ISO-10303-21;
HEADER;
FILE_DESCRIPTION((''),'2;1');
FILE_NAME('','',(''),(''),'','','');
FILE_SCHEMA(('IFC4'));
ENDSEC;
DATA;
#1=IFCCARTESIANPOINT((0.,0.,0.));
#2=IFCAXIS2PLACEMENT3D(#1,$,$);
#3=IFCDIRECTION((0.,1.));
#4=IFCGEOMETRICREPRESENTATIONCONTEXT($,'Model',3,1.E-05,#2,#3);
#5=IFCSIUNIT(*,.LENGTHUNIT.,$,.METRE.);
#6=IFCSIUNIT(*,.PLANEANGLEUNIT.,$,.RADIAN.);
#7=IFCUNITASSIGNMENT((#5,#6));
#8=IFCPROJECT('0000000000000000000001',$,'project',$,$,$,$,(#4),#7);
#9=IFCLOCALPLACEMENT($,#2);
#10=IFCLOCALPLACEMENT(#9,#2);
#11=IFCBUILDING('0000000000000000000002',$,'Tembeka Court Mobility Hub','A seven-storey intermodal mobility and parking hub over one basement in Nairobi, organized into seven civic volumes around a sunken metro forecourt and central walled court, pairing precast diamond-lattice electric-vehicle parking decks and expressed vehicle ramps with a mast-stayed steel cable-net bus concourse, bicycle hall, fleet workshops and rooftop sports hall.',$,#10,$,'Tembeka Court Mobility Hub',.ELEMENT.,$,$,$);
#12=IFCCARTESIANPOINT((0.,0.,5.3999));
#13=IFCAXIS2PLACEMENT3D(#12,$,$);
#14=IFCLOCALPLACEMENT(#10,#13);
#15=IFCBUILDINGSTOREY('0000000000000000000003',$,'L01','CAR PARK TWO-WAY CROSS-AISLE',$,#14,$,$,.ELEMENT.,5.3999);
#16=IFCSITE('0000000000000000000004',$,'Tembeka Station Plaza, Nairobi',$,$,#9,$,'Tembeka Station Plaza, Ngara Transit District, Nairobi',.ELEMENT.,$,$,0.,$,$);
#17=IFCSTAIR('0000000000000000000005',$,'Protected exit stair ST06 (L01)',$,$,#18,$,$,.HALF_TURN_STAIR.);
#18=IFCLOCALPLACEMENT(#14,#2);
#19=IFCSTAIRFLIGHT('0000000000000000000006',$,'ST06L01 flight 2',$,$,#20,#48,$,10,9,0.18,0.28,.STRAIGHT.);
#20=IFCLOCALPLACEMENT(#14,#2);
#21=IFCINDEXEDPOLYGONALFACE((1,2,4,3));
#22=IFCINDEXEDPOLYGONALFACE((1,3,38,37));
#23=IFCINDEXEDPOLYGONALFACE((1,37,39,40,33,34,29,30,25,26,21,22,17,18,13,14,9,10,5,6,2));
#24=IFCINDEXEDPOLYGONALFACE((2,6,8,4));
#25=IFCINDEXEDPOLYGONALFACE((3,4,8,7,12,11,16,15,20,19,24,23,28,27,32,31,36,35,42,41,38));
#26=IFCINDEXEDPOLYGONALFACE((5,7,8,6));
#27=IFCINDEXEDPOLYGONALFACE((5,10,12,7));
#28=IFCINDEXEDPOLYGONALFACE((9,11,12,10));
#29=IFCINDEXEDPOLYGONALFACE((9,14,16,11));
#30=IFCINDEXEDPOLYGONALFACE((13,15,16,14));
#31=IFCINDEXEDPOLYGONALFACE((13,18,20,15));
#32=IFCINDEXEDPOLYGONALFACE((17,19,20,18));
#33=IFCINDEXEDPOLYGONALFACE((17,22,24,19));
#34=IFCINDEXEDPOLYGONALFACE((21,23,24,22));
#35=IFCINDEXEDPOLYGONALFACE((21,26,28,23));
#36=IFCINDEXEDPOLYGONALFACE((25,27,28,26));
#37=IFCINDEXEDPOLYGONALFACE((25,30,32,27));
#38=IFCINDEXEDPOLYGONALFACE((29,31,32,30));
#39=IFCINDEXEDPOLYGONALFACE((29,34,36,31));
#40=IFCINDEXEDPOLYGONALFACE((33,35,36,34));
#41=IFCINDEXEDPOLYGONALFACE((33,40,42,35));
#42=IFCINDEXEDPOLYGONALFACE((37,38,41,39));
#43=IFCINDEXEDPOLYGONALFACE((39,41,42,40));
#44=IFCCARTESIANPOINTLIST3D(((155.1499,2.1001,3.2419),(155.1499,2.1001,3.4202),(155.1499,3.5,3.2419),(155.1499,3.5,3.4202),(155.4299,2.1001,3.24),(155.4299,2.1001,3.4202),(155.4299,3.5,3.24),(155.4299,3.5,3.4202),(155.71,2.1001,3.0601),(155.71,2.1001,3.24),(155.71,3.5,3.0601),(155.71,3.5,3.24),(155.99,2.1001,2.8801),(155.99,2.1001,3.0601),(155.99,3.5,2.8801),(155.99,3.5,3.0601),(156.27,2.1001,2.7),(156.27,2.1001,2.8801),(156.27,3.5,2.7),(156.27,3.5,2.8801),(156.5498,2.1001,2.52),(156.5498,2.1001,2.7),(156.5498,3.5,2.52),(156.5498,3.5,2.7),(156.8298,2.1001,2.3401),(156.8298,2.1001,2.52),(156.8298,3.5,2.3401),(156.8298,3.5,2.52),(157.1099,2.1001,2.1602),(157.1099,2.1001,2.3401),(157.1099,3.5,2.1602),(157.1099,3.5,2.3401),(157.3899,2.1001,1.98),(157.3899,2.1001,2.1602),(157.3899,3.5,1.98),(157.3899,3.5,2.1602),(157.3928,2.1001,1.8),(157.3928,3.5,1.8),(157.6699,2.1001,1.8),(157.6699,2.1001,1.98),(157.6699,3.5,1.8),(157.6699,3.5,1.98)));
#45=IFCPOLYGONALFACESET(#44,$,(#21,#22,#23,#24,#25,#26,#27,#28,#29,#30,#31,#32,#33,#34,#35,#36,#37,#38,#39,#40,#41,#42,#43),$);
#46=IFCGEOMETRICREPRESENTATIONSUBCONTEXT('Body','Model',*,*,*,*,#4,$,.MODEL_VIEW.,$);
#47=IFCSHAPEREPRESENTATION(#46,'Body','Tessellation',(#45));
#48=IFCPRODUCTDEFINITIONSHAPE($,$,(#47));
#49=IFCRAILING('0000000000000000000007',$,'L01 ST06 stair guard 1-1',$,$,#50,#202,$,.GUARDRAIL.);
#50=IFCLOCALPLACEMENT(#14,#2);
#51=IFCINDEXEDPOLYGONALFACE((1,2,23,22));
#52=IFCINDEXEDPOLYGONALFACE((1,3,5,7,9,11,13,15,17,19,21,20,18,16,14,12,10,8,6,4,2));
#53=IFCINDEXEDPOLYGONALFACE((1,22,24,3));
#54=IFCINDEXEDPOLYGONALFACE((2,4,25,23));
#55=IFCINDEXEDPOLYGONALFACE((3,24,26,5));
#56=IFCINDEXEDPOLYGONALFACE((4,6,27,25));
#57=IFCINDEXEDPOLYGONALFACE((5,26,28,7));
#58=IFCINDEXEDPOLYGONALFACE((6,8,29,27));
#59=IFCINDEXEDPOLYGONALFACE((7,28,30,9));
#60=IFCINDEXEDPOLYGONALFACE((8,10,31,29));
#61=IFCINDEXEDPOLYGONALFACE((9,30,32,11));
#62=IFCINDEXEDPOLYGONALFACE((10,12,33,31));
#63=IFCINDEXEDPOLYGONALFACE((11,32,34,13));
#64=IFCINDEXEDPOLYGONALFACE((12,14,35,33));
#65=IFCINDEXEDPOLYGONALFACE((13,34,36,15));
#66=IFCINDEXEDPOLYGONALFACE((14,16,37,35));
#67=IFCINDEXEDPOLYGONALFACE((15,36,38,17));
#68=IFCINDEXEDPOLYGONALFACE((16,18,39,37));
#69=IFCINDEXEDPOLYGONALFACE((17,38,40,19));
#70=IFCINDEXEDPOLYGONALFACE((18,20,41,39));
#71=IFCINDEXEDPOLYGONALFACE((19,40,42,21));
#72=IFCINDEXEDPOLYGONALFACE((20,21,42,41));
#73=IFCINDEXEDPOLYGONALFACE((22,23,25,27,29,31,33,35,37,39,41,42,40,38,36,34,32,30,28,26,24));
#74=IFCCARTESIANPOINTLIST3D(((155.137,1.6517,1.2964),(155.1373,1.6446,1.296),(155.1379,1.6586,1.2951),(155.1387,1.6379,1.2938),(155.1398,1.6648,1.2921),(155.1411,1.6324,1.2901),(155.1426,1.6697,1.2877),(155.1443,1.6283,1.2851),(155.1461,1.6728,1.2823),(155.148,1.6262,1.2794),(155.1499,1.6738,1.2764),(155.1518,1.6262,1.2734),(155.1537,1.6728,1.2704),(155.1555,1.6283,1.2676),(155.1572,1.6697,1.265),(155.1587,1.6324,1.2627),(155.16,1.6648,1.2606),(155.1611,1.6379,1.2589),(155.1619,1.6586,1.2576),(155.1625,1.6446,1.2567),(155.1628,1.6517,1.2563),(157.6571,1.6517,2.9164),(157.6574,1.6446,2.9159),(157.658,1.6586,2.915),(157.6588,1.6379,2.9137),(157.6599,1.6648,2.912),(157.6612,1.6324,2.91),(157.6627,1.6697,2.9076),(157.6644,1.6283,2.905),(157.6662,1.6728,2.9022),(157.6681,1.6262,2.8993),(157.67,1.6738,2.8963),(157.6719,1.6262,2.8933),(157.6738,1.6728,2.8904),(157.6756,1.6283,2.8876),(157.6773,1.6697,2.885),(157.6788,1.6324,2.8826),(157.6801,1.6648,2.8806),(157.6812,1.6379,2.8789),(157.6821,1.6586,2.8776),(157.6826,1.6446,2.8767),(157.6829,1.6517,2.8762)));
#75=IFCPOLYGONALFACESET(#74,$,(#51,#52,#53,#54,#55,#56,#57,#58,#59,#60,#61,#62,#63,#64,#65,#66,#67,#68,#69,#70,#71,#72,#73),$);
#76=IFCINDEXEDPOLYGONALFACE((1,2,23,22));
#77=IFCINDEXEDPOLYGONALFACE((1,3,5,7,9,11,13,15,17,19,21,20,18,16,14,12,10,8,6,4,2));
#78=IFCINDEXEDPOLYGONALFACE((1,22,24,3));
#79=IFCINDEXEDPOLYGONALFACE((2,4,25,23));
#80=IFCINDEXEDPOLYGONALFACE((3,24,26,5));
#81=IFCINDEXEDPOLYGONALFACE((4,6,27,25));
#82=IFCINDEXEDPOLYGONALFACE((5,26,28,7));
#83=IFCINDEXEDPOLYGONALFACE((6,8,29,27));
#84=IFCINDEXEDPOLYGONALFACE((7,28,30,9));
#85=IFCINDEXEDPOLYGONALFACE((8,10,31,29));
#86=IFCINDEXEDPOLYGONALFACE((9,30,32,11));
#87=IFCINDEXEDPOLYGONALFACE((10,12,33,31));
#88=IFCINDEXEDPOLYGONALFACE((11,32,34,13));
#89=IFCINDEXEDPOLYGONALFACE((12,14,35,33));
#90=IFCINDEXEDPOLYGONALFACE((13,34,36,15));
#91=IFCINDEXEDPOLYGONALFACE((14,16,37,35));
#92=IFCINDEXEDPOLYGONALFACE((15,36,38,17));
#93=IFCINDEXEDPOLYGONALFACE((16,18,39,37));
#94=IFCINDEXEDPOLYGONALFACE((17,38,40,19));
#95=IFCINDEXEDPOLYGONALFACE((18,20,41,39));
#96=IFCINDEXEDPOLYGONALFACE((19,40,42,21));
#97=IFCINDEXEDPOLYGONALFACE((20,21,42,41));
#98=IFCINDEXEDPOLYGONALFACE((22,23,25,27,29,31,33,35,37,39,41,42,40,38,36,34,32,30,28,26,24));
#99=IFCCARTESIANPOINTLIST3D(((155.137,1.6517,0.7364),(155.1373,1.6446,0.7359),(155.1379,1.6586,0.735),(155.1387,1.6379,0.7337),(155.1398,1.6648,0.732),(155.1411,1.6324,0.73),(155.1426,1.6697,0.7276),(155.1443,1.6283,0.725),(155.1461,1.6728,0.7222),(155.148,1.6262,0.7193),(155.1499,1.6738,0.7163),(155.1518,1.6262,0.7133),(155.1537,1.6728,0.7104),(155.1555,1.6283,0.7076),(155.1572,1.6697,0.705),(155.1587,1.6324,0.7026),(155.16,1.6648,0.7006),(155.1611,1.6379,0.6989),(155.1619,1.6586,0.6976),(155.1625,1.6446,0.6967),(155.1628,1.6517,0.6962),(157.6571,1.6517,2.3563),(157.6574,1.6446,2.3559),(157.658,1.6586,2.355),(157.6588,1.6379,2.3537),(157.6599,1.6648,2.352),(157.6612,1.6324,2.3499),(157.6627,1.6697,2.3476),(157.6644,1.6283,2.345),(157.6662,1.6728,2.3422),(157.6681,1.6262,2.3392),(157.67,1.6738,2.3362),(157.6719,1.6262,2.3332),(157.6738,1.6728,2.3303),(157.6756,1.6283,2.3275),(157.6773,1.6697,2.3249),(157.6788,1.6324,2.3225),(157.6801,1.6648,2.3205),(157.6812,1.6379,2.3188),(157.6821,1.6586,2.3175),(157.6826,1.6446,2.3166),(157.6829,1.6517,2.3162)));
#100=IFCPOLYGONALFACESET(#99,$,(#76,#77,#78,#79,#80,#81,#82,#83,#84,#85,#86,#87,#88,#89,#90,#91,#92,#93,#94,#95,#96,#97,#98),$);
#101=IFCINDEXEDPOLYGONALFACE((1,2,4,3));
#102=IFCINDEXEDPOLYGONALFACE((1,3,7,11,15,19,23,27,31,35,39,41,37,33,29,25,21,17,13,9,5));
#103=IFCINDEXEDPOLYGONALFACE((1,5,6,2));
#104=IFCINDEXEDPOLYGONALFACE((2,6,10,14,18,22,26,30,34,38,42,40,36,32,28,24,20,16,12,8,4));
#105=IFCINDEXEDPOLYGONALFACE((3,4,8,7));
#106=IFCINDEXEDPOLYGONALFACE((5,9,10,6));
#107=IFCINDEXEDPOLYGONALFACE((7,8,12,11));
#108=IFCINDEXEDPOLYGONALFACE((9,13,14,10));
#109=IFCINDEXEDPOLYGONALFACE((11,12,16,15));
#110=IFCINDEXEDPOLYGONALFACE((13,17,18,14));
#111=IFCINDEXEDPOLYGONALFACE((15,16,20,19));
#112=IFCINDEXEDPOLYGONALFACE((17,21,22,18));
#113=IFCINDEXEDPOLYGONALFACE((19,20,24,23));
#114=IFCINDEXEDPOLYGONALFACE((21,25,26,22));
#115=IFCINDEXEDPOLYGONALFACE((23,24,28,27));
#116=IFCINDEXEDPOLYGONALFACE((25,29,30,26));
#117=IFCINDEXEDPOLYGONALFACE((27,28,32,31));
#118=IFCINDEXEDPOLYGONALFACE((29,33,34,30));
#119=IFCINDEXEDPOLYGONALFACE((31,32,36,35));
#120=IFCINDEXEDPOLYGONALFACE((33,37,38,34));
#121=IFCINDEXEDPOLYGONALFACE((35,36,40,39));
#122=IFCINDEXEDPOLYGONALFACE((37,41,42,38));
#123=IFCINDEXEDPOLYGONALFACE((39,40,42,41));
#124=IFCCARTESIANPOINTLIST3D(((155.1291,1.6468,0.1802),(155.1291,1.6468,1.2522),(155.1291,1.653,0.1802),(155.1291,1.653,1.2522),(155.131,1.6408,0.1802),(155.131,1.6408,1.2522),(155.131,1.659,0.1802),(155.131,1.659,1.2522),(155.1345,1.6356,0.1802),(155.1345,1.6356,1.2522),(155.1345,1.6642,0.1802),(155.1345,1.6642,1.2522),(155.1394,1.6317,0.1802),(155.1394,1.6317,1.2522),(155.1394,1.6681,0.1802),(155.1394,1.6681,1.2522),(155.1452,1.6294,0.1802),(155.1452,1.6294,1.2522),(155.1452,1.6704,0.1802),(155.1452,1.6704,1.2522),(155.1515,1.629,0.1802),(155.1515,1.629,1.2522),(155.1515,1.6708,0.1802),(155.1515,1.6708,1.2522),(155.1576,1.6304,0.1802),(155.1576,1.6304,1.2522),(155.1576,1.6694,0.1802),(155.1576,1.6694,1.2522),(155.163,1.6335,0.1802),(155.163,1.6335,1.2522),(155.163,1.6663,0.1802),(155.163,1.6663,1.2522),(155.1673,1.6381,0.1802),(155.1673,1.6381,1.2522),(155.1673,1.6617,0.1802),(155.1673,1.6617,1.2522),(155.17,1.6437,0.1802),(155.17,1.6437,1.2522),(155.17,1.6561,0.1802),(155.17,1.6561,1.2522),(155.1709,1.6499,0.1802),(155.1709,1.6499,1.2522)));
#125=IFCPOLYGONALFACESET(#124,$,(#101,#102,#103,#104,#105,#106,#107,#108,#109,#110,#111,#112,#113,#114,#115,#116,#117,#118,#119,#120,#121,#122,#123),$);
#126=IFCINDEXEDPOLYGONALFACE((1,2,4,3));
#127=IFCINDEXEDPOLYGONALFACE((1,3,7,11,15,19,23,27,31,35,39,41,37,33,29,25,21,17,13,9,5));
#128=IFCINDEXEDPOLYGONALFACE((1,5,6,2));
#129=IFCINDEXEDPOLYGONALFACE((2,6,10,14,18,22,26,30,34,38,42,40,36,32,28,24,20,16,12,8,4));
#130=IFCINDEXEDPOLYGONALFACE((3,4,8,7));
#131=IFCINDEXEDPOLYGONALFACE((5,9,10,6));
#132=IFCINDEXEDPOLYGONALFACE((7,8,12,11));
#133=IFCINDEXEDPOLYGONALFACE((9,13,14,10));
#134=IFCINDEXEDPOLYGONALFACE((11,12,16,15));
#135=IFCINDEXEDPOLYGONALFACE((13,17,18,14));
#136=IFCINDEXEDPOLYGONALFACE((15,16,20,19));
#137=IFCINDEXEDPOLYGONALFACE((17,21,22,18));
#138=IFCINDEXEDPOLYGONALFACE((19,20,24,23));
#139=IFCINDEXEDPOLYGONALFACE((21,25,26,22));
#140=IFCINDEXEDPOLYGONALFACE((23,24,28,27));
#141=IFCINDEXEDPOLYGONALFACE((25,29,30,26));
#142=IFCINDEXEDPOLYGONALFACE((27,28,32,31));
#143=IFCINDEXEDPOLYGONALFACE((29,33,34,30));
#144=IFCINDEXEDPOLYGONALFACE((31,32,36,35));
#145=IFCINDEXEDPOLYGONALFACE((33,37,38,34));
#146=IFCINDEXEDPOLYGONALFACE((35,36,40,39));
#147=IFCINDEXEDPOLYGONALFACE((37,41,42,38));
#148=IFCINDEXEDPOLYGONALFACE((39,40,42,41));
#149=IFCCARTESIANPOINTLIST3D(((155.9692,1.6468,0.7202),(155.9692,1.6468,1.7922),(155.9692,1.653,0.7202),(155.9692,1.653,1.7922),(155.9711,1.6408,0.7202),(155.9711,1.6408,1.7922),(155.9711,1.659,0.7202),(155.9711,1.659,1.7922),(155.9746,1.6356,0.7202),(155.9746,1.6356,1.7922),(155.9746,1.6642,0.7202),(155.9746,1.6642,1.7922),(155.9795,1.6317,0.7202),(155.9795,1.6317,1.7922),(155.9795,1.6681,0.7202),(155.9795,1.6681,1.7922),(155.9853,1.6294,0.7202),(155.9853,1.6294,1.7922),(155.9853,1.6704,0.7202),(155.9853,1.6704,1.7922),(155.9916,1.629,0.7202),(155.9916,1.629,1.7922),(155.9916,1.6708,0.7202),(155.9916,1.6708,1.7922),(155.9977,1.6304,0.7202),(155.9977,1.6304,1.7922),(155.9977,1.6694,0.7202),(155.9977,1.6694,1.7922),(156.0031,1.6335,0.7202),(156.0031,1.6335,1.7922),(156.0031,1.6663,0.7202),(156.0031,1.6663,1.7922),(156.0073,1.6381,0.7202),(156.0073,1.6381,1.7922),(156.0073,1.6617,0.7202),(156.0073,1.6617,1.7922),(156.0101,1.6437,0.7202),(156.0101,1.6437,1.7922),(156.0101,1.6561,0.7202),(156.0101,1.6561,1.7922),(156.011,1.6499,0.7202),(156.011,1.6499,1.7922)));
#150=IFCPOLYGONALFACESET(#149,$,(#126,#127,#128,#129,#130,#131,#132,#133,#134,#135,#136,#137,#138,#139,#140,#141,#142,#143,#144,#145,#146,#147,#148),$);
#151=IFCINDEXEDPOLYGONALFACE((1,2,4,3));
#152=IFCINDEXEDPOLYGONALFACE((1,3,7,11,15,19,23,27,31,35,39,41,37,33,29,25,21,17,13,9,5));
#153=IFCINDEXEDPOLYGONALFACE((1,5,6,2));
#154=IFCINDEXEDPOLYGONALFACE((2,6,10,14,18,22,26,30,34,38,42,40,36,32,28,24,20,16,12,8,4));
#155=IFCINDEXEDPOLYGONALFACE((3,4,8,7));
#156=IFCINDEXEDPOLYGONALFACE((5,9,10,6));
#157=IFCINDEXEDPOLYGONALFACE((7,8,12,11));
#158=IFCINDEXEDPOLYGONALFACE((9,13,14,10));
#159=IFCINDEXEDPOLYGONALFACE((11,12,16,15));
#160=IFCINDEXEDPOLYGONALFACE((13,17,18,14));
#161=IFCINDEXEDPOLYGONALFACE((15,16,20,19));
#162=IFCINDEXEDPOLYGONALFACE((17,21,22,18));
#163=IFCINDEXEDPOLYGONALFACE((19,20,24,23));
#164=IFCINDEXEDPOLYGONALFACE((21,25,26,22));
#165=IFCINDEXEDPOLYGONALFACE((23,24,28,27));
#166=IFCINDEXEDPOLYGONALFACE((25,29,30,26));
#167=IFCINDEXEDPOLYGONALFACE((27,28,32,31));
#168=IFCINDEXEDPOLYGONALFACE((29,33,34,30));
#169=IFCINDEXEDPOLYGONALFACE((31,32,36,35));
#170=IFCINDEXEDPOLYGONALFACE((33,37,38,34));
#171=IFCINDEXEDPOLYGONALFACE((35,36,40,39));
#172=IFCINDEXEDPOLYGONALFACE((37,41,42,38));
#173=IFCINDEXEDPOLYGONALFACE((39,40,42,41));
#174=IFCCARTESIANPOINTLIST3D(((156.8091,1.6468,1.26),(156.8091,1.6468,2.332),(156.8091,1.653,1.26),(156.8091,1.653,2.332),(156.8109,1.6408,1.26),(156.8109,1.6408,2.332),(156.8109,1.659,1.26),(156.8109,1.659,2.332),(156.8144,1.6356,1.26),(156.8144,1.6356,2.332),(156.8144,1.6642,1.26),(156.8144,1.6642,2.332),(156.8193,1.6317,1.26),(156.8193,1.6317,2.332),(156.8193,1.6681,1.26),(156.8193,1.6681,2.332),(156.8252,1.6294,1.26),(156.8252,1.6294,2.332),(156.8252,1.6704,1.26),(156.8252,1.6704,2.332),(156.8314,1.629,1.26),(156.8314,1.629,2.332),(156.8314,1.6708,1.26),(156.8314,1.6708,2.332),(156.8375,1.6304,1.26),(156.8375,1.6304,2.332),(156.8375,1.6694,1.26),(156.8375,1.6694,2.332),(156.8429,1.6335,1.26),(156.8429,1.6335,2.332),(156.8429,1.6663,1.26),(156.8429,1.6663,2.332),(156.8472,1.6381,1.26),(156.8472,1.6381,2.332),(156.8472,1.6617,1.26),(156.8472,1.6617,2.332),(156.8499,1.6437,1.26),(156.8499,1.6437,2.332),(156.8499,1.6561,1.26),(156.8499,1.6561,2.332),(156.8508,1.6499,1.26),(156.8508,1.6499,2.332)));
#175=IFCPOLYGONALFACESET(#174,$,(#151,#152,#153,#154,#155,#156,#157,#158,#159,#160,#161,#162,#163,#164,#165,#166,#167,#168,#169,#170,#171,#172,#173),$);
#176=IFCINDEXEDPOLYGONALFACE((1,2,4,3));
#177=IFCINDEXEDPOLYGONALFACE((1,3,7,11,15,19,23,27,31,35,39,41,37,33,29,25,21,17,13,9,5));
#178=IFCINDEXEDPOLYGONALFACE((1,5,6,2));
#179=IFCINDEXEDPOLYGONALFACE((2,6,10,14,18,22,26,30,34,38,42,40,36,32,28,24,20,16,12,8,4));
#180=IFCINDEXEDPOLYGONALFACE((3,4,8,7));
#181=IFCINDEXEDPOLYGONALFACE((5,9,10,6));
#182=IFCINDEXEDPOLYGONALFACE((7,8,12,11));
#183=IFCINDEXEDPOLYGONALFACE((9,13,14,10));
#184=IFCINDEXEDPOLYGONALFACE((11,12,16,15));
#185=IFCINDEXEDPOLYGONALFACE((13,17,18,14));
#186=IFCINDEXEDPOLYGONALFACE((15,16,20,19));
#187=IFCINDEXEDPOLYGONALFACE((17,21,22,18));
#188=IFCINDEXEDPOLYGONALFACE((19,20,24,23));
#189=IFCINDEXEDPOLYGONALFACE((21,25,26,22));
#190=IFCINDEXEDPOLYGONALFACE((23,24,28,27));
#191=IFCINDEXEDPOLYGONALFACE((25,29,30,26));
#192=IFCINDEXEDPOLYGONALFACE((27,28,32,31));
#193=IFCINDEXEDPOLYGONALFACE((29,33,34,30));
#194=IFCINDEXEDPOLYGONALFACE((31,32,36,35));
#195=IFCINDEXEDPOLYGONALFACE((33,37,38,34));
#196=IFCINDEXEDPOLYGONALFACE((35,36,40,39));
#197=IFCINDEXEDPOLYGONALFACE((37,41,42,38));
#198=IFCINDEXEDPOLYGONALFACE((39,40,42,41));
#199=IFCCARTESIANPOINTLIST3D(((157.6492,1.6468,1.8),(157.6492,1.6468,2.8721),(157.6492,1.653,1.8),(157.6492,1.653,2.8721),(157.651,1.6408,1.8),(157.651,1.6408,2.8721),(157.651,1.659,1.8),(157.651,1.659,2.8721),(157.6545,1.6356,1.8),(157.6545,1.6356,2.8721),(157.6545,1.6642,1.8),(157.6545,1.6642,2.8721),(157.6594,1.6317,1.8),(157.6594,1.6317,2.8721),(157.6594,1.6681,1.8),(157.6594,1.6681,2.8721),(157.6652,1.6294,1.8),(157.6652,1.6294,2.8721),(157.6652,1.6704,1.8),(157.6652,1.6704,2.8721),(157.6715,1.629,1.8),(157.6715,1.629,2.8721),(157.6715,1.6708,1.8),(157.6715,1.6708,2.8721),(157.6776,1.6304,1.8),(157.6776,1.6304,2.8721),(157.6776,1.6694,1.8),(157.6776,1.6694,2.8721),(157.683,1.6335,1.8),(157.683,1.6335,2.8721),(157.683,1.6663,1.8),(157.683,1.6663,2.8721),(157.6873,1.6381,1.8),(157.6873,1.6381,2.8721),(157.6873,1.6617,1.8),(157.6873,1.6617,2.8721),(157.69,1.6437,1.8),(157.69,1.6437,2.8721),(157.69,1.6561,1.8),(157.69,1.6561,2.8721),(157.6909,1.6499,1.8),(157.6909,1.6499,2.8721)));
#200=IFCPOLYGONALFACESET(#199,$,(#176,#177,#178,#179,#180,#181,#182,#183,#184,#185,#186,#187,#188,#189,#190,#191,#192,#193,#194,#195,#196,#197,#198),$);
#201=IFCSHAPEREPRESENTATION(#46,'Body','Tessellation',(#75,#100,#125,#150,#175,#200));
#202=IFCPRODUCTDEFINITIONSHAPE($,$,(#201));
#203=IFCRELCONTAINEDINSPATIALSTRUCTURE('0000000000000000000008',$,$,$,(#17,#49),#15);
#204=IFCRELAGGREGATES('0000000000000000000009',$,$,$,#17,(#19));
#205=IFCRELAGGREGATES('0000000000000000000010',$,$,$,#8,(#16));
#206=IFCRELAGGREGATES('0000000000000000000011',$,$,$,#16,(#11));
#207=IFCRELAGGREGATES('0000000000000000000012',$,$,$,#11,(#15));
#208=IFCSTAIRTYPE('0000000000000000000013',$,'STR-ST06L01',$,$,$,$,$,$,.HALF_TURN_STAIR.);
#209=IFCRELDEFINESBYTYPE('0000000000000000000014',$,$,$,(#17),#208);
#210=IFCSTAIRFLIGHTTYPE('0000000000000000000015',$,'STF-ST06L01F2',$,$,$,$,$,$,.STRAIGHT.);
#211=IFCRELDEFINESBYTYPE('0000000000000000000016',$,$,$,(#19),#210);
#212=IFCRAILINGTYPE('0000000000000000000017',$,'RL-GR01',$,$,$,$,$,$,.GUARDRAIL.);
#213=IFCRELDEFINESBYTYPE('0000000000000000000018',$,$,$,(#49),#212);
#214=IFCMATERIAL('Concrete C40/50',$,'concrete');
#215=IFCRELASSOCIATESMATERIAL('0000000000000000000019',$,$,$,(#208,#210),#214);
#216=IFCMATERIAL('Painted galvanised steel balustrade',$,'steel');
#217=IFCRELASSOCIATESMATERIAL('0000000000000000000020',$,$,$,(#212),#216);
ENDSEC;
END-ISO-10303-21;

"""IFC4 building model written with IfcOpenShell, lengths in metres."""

from ifc_helpers import new_model, si_unit, direction, frame, origin, origin_2d, place, context, subcontext, project, spatial, polyline, circle, outline, extrude, material, type_object, element, aggregate, save


model = new_model("IFC4")

# Units and contexts
model_context = context("Model", 3, precision=1e-05, world=origin(), true_north=direction((0.0, 1.0)))
body_context = subcontext(model_context, "Body", "Model", "MODEL_VIEW")
ifc_project = project(units=[si_unit("LENGTHUNIT", "METRE"), si_unit("PLANEANGLEUNIT", "RADIAN")], contexts=[model_context])

# Site, building, storey
site_placement = place(None, origin())
site = spatial("IfcSite", under=ifc_project, at=site_placement, Name="Tembeka Station Plaza, Nairobi", LongName="Tembeka Station Plaza, Ngara Transit District, Nairobi", CompositionType="ELEMENT", RefElevation=0.0)
building_placement = place(site_placement, origin())
building = spatial("IfcBuilding", under=site, at=building_placement, Name="Tembeka Court Mobility Hub", Description="A seven-storey intermodal mobility and parking hub over one basement in Nairobi, organized into seven civic volumes around a sunken metro forecourt and central walled court, pairing precast diamond-lattice electric-vehicle parking decks and expressed vehicle ramps with a mast-stayed steel cable-net bus concourse, bicycle hall, fleet workshops and rooftop sports hall.", LongName="Tembeka Court Mobility Hub", CompositionType="ELEMENT")
storey_placement = place(building_placement, frame((0.0, 0.0, 5.3999)))
storey = spatial("IfcBuildingStorey", under=building, at=storey_placement, Name="L01", Description="CAR PARK TWO-WAY CROSS-AISLE", CompositionType="ELEMENT", Elevation=5.3999)

# Shared definitions
ifc_material_1 = material(Name="Concrete C40/50", Category="concrete")

# Stair, stair flight
stair_type = type_object("IfcStairType", Name="STR-ST06L01", PredefinedType="HALF_TURN_STAIR", material=ifc_material_1)
stair_placement = place(storey_placement, origin())
stair = element("IfcStair", 1, at=stair_placement, inside=storey, type_object=stair_type, Name="Protected exit stair ST06 (L01)", PredefinedType="HALF_TURN_STAIR")
stair_flight_type_1 = type_object("IfcStairFlightType", Name="STF-ST06L01F2", PredefinedType="STRAIGHT", material=ifc_material_1)
stair_flight_1_placement = place(storey_placement, frame((157.6699, 2.8, 1.8), z_axis=(0.0, 0.0, 1.0), x_axis=(-1.0, 0.0, 0.0)))
stair_flight_1 = element("IfcStairFlight", 2, at=stair_flight_1_placement, type_object=stair_flight_type_1, Name="ST06L01 flight 2", NumberOfRisers=10, NumberOfTreads=9, PredefinedType="STRAIGHT", RiserHeight=0.18, TreadLength=0.28, context=body_context, shape_type="SweptSolid", body=[
    extrude(outline(polyline([(0.0, 0.0), (0.0, 0.1799), (0.28, 0.1799), (0.28, 0.3601), (0.5601, 0.3601), (0.5601, 0.54), (0.8401, 0.54), (0.8401, 0.72), (1.1201, 0.72), (1.1201, 0.8999), (1.3999, 0.8999), (1.3999, 1.0801), (1.6799, 1.0801), (1.6799, 1.26), (1.96, 1.26), (1.96, 1.4399), (2.24, 1.4399), (2.24, 1.6201), (2.52, 1.6201), (2.52, 1.8), (2.52, 1.4419), (0.2771, 0.0), (0.0, 0.0)])), frame((0.0, 0.7, 0.0), z_axis=(0.0, -1.0, 0.0), x_axis=(1.0, 0.0, 0.0)), (0.0, 0.0, 1.0), 1.3999),
])
aggregate(stair, [stair_flight_1])

# Railing
ifc_material_2 = material(Name="Painted galvanised steel balustrade", Category="steel")
railing_type_1 = type_object("IfcRailingType", Name="RL-GR01", PredefinedType="GUARDRAIL", material=ifc_material_2)
railing_1_placement = place(storey_placement, frame((155.1499, 1.6499, 0.1802)))
element("IfcRailing", 3, at=railing_1_placement, inside=storey, type_object=railing_type_1, Name="L01 ST06 stair guard 1-1", PredefinedType="GUARDRAIL", context=body_context, shape_type="SweptSolid", body=[
    extrude(circle(Radius=0.0239, at=origin_2d()), frame((0.0, 0.0, 1.0962), z_axis=(0.8412, 0.0, 0.540725), x_axis=(0.0, 1.0, 0.0)), (0.0, 0.0, 1.0), 2.9958),
    extrude(circle(Radius=0.0239, at=origin_2d()), frame((0.0, 0.0, 0.5361), z_axis=(0.8412, 0.0, 0.540725), x_axis=(0.0, 1.0, 0.0)), (0.0, 0.0, 1.0), 2.9958),
    extrude(circle(Radius=0.021, at=origin_2d()), origin(), (0.0, 0.0, 1.0), 1.072),
    extrude(circle(Radius=0.021, at=origin_2d()), frame((0.8401, 0.0, 0.54)), (0.0, 0.0, 1.0), 1.072),
    extrude(circle(Radius=0.021, at=origin_2d()), frame((1.6799, 0.0, 1.0798)), (0.0, 0.0, 1.0), 1.072),
    extrude(circle(Radius=0.021, at=origin_2d()), frame((2.52, 0.0, 1.6199)), (0.0, 0.0, 1.0), 1.072),
])

save(model, "model.ifc")
